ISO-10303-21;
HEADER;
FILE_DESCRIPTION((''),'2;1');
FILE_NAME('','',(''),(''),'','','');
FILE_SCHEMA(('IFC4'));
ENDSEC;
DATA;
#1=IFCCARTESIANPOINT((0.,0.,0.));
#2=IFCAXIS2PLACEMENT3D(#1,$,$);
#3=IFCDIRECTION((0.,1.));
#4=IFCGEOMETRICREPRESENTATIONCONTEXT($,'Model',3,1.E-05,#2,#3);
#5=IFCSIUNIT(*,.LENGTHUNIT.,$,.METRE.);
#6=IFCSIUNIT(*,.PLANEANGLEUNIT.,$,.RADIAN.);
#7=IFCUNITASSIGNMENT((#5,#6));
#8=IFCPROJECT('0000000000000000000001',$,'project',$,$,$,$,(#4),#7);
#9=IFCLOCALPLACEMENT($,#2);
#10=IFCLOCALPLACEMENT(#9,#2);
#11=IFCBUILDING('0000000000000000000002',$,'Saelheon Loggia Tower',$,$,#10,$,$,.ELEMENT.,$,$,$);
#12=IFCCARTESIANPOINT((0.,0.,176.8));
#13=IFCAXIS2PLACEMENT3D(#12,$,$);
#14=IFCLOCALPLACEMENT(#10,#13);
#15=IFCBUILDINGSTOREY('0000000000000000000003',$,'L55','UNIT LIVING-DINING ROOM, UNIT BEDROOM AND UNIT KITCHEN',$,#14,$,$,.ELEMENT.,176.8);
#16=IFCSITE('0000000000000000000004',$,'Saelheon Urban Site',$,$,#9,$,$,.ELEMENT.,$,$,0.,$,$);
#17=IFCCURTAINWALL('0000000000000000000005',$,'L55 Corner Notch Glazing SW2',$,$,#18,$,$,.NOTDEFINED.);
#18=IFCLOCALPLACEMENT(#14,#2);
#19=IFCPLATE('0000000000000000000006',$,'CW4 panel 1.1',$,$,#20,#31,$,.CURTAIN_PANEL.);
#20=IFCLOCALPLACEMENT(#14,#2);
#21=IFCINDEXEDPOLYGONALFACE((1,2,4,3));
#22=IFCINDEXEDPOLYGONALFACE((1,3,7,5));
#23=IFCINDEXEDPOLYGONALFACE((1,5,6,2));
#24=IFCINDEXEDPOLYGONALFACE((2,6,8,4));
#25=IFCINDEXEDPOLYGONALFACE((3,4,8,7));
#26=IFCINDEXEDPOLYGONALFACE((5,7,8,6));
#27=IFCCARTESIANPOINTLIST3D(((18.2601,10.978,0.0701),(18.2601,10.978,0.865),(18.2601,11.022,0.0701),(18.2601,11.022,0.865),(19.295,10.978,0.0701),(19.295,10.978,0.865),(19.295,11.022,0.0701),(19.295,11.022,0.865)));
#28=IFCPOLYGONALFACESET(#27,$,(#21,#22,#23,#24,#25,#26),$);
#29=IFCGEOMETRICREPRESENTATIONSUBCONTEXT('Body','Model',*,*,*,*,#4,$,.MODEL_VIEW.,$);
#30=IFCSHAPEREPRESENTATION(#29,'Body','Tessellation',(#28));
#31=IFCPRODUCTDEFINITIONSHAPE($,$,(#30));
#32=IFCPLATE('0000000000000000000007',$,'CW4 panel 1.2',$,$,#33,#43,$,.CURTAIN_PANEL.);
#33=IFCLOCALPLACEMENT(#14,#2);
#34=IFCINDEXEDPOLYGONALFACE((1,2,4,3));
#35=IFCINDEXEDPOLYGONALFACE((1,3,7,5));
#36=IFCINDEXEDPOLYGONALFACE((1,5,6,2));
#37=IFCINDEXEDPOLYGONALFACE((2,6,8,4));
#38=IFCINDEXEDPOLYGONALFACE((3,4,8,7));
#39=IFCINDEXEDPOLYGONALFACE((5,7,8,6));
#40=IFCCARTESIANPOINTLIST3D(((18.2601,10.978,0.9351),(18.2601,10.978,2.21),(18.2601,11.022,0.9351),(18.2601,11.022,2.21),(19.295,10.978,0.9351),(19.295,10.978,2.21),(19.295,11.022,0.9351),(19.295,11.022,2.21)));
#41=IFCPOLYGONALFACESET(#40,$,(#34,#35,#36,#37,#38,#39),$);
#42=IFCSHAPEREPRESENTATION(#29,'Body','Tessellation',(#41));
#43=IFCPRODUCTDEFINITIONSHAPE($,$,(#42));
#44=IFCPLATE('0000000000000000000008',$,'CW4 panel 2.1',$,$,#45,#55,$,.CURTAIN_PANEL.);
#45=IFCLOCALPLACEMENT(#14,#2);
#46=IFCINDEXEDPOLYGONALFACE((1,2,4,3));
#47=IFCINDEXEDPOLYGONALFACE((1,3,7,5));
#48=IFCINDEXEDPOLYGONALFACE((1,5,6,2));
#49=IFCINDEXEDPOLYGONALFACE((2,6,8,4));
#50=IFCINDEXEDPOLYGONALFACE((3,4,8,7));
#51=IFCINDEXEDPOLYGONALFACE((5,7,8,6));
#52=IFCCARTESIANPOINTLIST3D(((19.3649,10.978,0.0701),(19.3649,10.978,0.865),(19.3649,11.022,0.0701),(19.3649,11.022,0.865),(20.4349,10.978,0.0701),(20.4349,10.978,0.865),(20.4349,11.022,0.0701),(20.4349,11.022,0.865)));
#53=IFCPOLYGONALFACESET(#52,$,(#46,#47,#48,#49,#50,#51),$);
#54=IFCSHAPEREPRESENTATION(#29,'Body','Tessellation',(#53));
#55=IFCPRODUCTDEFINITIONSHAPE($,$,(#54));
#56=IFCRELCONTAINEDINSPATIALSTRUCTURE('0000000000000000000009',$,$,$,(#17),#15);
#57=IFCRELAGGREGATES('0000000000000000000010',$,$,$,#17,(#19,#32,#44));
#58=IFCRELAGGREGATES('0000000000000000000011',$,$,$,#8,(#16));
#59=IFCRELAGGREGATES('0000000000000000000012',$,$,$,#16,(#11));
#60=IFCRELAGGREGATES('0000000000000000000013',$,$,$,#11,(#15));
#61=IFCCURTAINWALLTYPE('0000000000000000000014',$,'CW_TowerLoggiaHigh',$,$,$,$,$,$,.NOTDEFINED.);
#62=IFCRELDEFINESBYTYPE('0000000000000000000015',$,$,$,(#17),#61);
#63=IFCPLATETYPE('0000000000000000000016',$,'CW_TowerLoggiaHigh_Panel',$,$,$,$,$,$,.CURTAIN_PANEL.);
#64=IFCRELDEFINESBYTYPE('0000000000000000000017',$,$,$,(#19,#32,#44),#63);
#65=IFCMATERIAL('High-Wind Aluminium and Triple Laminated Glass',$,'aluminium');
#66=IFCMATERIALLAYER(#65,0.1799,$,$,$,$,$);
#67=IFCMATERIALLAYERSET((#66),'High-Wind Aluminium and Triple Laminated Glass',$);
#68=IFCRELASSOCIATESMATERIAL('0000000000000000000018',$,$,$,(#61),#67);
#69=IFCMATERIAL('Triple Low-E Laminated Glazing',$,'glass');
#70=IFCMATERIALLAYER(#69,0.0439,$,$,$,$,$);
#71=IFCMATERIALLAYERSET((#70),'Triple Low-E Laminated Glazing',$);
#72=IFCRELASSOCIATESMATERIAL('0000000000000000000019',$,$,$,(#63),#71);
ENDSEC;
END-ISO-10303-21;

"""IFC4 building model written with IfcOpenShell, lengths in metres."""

from ifc_helpers import new_model, si_unit, direction, frame, origin, origin_2d, place, context, subcontext, project, spatial, rectangle, extrude, source, transform, mapped, material, layer, layer_set, type_object, element, aggregate, save


model = new_model("IFC4")

# Units and contexts
model_context = context("Model", 3, precision=1e-05, world=origin(), true_north=direction((0.0, 1.0)))
body_context = subcontext(model_context, "Body", "Model", "MODEL_VIEW")
ifc_project = project(units=[si_unit("LENGTHUNIT", "METRE"), si_unit("PLANEANGLEUNIT", "RADIAN")], contexts=[model_context])

# Site, building, storey
site_placement = place(None, origin())
site = spatial("IfcSite", under=ifc_project, at=site_placement, Name="Saelheon Urban Site", CompositionType="ELEMENT", RefElevation=0.0)
building_placement = place(site_placement, origin())
building = spatial("IfcBuilding", under=site, at=building_placement, Name="Saelheon Loggia Tower", CompositionType="ELEMENT")
storey_placement = place(building_placement, frame((0.0, 0.0, 176.8)))
storey = spatial("IfcBuildingStorey", under=building, at=storey_placement, Name="L55", Description="UNIT LIVING-DINING ROOM, UNIT BEDROOM AND UNIT KITCHEN", CompositionType="ELEMENT", Elevation=176.8)

# Curtain wall, plates
ifc_material_1 = material(Name="High-Wind Aluminium and Triple Laminated Glass", Category="aluminium")
ifc_layer_1 = layer(ifc_material_1, 0.1799)
ifc_layer_set_1 = layer_set([ifc_layer_1], Name="High-Wind Aluminium and Triple Laminated Glass")
curtain_wall_type = type_object("IfcCurtainWallType", Name="CW_TowerLoggiaHigh", PredefinedType="NOTDEFINED", material=ifc_layer_set_1)
curtain_wall_placement = place(storey_placement, origin())
curtain_wall = element("IfcCurtainWall", 1, at=curtain_wall_placement, inside=storey, type_object=curtain_wall_type, Name="L55 Corner Notch Glazing SW2", PredefinedType="NOTDEFINED")
ifc_material_2 = material(Name="Triple Low-E Laminated Glazing", Category="glass")
ifc_layer_2 = layer(ifc_material_2, 0.0439)
ifc_layer_set_2 = layer_set([ifc_layer_2], Name="Triple Low-E Laminated Glazing")
plate_type = type_object("IfcPlateType", Name="CW_TowerLoggiaHigh_Panel", PredefinedType="CURTAIN_PANEL", material=ifc_layer_set_2)
shared_shape_1 = source(origin(), body_context, "Body", "SweptSolid", [
    extrude(rectangle(XDim=1.0349, YDim=0.0439, at=origin_2d()), origin(), (0.0, 0.0, 1.0), 0.7949),
])
plate_1_placement = place(storey_placement, frame((18.7776, 11.0, 0.0701), z_axis=(0.0, 0.0, 1.0), x_axis=(1.0, 0.0, 0.0)))
plate_1 = element("IfcPlate", 2, at=plate_1_placement, type_object=plate_type, Name="CW4 panel 1.1", PredefinedType="CURTAIN_PANEL", context=body_context, shape_type="MappedRepresentation", body=[
    mapped(shared_shape_1, transform((0.0, 0.0, 0.0), scale=1.0)),
])
shared_shape_2 = source(origin(), body_context, "Body", "SweptSolid", [
    extrude(rectangle(XDim=1.0349, YDim=0.0439, at=origin_2d()), origin(), (0.0, 0.0, 1.0), 1.2749),
])
plate_2_placement = place(storey_placement, frame((18.7776, 11.0, 0.9351), z_axis=(0.0, 0.0, 1.0), x_axis=(1.0, 0.0, 0.0)))
plate_2 = element("IfcPlate", 3, at=plate_2_placement, type_object=plate_type, Name="CW4 panel 1.2", PredefinedType="CURTAIN_PANEL", context=body_context, shape_type="MappedRepresentation", body=[
    mapped(shared_shape_2, transform((0.0, 0.0, 0.0), scale=1.0)),
])
shared_shape_3 = source(origin(), body_context, "Body", "SweptSolid", [
    extrude(rectangle(XDim=1.0701, YDim=0.0439, at=origin_2d()), origin(), (0.0, 0.0, 1.0), 0.7949),
])
plate_3_placement = place(storey_placement, frame((19.8999, 11.0, 0.0701), z_axis=(0.0, 0.0, 1.0), x_axis=(1.0, 0.0, 0.0)))
plate_3 = element("IfcPlate", 4, at=plate_3_placement, type_object=plate_type, Name="CW4 panel 2.1", PredefinedType="CURTAIN_PANEL", context=body_context, shape_type="MappedRepresentation", body=[
    mapped(shared_shape_3, transform((0.0, 0.0, 0.0), scale=1.0)),
])
aggregate(curtain_wall, [plate_1, plate_2, plate_3])

save(model, "model.ifc")
